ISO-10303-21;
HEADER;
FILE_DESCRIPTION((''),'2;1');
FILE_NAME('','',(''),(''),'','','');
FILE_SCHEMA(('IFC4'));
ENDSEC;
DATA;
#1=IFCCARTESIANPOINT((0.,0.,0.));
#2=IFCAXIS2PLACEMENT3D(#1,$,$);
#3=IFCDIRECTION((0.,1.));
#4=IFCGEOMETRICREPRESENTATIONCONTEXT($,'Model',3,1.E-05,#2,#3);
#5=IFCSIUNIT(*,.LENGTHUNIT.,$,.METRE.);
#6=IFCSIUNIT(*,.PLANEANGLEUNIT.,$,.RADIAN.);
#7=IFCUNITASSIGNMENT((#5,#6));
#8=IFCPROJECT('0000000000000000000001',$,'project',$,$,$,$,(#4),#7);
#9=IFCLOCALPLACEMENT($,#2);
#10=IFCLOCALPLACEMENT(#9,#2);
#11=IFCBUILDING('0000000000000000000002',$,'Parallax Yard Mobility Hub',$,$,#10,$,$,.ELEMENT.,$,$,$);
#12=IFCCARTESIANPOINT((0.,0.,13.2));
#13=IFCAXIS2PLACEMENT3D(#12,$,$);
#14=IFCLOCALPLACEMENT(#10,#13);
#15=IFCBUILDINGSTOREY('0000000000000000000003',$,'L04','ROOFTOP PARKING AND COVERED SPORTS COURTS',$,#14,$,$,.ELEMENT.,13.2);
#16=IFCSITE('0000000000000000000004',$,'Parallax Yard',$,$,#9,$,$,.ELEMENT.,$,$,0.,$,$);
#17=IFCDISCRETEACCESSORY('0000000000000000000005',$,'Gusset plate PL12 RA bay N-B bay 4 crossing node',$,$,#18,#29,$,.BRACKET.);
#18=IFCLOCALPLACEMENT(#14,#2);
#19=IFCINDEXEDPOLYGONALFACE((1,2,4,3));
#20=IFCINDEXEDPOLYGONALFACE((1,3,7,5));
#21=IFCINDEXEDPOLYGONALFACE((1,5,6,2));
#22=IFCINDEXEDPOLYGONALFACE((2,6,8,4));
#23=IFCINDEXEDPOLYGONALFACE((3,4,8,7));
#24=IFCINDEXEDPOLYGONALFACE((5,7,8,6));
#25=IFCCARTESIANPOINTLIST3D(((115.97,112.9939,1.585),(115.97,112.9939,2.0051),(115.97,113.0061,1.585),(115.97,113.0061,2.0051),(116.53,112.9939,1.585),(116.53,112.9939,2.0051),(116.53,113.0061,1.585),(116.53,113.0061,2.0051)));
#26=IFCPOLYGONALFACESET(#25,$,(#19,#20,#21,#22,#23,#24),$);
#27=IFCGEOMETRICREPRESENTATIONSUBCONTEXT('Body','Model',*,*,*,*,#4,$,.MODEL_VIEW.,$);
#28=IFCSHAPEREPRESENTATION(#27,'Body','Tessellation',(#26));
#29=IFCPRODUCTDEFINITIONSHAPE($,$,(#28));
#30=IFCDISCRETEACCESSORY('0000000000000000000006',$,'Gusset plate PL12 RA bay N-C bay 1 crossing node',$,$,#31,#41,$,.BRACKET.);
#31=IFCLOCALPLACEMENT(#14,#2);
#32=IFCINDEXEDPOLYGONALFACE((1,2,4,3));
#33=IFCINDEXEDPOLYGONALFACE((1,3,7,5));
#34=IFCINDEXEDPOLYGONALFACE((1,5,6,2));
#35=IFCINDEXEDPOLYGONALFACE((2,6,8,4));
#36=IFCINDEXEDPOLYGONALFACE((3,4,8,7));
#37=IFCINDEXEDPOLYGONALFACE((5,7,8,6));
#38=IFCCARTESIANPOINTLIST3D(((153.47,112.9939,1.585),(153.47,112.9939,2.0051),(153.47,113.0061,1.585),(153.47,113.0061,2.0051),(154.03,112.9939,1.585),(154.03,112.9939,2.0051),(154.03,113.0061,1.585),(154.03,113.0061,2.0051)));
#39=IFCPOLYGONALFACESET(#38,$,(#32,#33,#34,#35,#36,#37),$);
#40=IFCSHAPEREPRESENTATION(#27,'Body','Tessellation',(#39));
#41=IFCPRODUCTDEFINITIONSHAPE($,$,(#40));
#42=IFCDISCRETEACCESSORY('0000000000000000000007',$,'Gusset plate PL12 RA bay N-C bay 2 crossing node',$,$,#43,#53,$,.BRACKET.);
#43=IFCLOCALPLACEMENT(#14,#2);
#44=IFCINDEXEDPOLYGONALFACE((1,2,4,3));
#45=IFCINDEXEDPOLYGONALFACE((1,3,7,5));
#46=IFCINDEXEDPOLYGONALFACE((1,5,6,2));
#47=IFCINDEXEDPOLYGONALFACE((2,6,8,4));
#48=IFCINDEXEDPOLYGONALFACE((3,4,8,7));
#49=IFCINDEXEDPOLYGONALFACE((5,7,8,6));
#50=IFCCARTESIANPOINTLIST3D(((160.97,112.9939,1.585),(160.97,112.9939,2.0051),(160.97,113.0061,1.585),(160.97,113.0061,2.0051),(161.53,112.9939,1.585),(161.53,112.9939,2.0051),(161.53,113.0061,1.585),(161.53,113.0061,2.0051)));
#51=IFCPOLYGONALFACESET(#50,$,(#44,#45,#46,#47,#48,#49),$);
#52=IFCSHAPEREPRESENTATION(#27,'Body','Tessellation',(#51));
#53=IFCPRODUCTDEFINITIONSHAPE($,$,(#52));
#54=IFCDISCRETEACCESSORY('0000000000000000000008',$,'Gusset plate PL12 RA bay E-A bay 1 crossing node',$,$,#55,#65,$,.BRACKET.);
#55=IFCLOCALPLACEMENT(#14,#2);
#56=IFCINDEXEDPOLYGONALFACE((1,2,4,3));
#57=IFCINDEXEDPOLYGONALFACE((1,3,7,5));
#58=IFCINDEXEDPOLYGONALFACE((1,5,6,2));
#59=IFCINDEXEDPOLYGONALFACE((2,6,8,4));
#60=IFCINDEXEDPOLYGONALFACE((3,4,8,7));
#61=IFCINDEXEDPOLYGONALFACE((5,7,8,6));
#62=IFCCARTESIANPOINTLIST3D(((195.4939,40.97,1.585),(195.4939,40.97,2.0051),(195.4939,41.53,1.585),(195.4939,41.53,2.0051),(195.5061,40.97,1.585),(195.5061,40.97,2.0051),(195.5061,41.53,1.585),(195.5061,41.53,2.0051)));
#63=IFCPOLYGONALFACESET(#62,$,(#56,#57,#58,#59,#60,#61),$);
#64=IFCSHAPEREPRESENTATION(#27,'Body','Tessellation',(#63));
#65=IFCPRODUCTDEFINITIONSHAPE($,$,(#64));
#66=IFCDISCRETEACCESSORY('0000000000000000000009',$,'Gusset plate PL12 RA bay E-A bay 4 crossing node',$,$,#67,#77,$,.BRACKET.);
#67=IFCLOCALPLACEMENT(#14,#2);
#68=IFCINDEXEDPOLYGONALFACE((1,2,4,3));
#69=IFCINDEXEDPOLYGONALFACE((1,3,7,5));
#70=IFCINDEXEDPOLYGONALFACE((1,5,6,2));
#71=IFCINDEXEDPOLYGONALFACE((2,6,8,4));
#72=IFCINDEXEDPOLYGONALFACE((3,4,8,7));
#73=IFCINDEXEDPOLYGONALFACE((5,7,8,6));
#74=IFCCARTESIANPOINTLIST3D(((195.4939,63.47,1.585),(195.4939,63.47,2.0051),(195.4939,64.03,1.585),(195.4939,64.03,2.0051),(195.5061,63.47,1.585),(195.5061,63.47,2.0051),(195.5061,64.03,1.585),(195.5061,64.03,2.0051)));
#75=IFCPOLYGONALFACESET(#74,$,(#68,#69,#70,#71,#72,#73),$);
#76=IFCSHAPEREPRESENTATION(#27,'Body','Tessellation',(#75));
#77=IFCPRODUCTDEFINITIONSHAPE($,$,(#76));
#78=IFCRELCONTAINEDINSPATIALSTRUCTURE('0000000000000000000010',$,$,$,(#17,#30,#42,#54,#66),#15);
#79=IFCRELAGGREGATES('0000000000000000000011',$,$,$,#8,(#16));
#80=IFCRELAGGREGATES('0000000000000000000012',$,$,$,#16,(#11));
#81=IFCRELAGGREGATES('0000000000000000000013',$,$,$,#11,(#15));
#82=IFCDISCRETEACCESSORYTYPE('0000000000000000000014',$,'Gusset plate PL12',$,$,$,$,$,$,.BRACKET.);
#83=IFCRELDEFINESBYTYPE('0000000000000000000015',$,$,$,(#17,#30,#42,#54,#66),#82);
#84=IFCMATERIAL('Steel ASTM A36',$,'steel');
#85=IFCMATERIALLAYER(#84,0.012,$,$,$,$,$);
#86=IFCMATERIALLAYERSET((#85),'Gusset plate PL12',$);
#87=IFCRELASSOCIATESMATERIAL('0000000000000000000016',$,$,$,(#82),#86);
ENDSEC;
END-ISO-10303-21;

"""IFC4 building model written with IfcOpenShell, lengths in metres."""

from ifc_helpers import new_model, si_unit, direction, frame, origin, place, context, subcontext, project, spatial, polyline, outline, extrude, material, layer, layer_set, type_object, element, save


model = new_model("IFC4")

# Units and contexts
model_context = context("Model", 3, precision=1e-05, world=origin(), true_north=direction((0.0, 1.0)))
body_context = subcontext(model_context, "Body", "Model", "MODEL_VIEW")
ifc_project = project(units=[si_unit("LENGTHUNIT", "METRE"), si_unit("PLANEANGLEUNIT", "RADIAN")], contexts=[model_context])

# Site, building, storey
site_placement = place(None, origin())
site = spatial("IfcSite", under=ifc_project, at=site_placement, Name="Parallax Yard", CompositionType="ELEMENT", RefElevation=0.0)
building_placement = place(site_placement, origin())
building = spatial("IfcBuilding", under=site, at=building_placement, Name="Parallax Yard Mobility Hub", CompositionType="ELEMENT")
storey_placement = place(building_placement, frame((0.0, 0.0, 13.2)))
storey = spatial("IfcBuildingStorey", under=building, at=storey_placement, Name="L04", Description="ROOFTOP PARKING AND COVERED SPORTS COURTS", CompositionType="ELEMENT", Elevation=13.2)

# Discrete accessories
ifc_material_1 = material(Name="Steel ASTM A36", Category="steel")
ifc_layer_1 = layer(ifc_material_1, 0.012)
ifc_layer_set_1 = layer_set([ifc_layer_1], Name="Gusset plate PL12")
discrete_accessory_type = type_object("IfcDiscreteAccessoryType", Name="Gusset plate PL12", PredefinedType="BRACKET", material=ifc_layer_set_1)
discrete_accessory_1_placement = place(storey_placement, frame((0.0, 0.0, 1.585)))
element("IfcDiscreteAccessory", 1, at=discrete_accessory_1_placement, inside=storey, type_object=discrete_accessory_type, Name="Gusset plate PL12 RA bay N-B bay 4 crossing node", PredefinedType="BRACKET", context=body_context, shape_type="SweptSolid", body=[
    extrude(outline(polyline([(115.97, 112.9939), (116.53, 112.9939), (116.53, 113.0061), (115.97, 113.0061), (115.97, 112.9939)])), origin(), (0.0, 0.0, 1.0), 0.4202),
])
discrete_accessory_2_placement = place(storey_placement, frame((0.0, 0.0, 1.585)))
element("IfcDiscreteAccessory", 2, at=discrete_accessory_2_placement, inside=storey, type_object=discrete_accessory_type, Name="Gusset plate PL12 RA bay N-C bay 1 crossing node", PredefinedType="BRACKET", context=body_context, shape_type="SweptSolid", body=[
    extrude(outline(polyline([(153.47, 112.9939), (154.03, 112.9939), (154.03, 113.0061), (153.47, 113.0061), (153.47, 112.9939)])), origin(), (0.0, 0.0, 1.0), 0.4202),
])
discrete_accessory_3_placement = place(storey_placement, frame((0.0, 0.0, 1.585)))
element("IfcDiscreteAccessory", 3, at=discrete_accessory_3_placement, inside=storey, type_object=discrete_accessory_type, Name="Gusset plate PL12 RA bay N-C bay 2 crossing node", PredefinedType="BRACKET", context=body_context, shape_type="SweptSolid", body=[
    extrude(outline(polyline([(160.97, 112.9939), (161.53, 112.9939), (161.53, 113.0061), (160.97, 113.0061), (160.97, 112.9939)])), origin(), (0.0, 0.0, 1.0), 0.4202),
])
discrete_accessory_4_placement = place(storey_placement, frame((0.0, 0.0, 1.585)))
element("IfcDiscreteAccessory", 4, at=discrete_accessory_4_placement, inside=storey, type_object=discrete_accessory_type, Name="Gusset plate PL12 RA bay E-A bay 1 crossing node", PredefinedType="BRACKET", context=body_context, shape_type="SweptSolid", body=[
    extrude(outline(polyline([(195.5061, 40.97), (195.5061, 41.53), (195.4939, 41.53), (195.4939, 40.97), (195.5061, 40.97)])), origin(), (0.0, 0.0, 1.0), 0.4202),
])
discrete_accessory_5_placement = place(storey_placement, frame((0.0, 0.0, 1.585)))
element("IfcDiscreteAccessory", 5, at=discrete_accessory_5_placement, inside=storey, type_object=discrete_accessory_type, Name="Gusset plate PL12 RA bay E-A bay 4 crossing node", PredefinedType="BRACKET", context=body_context, shape_type="SweptSolid", body=[
    extrude(outline(polyline([(195.5061, 63.47), (195.5061, 64.03), (195.4939, 64.03), (195.4939, 63.47), (195.5061, 63.47)])), origin(), (0.0, 0.0, 1.0), 0.4202),
])

save(model, "model.ifc")
